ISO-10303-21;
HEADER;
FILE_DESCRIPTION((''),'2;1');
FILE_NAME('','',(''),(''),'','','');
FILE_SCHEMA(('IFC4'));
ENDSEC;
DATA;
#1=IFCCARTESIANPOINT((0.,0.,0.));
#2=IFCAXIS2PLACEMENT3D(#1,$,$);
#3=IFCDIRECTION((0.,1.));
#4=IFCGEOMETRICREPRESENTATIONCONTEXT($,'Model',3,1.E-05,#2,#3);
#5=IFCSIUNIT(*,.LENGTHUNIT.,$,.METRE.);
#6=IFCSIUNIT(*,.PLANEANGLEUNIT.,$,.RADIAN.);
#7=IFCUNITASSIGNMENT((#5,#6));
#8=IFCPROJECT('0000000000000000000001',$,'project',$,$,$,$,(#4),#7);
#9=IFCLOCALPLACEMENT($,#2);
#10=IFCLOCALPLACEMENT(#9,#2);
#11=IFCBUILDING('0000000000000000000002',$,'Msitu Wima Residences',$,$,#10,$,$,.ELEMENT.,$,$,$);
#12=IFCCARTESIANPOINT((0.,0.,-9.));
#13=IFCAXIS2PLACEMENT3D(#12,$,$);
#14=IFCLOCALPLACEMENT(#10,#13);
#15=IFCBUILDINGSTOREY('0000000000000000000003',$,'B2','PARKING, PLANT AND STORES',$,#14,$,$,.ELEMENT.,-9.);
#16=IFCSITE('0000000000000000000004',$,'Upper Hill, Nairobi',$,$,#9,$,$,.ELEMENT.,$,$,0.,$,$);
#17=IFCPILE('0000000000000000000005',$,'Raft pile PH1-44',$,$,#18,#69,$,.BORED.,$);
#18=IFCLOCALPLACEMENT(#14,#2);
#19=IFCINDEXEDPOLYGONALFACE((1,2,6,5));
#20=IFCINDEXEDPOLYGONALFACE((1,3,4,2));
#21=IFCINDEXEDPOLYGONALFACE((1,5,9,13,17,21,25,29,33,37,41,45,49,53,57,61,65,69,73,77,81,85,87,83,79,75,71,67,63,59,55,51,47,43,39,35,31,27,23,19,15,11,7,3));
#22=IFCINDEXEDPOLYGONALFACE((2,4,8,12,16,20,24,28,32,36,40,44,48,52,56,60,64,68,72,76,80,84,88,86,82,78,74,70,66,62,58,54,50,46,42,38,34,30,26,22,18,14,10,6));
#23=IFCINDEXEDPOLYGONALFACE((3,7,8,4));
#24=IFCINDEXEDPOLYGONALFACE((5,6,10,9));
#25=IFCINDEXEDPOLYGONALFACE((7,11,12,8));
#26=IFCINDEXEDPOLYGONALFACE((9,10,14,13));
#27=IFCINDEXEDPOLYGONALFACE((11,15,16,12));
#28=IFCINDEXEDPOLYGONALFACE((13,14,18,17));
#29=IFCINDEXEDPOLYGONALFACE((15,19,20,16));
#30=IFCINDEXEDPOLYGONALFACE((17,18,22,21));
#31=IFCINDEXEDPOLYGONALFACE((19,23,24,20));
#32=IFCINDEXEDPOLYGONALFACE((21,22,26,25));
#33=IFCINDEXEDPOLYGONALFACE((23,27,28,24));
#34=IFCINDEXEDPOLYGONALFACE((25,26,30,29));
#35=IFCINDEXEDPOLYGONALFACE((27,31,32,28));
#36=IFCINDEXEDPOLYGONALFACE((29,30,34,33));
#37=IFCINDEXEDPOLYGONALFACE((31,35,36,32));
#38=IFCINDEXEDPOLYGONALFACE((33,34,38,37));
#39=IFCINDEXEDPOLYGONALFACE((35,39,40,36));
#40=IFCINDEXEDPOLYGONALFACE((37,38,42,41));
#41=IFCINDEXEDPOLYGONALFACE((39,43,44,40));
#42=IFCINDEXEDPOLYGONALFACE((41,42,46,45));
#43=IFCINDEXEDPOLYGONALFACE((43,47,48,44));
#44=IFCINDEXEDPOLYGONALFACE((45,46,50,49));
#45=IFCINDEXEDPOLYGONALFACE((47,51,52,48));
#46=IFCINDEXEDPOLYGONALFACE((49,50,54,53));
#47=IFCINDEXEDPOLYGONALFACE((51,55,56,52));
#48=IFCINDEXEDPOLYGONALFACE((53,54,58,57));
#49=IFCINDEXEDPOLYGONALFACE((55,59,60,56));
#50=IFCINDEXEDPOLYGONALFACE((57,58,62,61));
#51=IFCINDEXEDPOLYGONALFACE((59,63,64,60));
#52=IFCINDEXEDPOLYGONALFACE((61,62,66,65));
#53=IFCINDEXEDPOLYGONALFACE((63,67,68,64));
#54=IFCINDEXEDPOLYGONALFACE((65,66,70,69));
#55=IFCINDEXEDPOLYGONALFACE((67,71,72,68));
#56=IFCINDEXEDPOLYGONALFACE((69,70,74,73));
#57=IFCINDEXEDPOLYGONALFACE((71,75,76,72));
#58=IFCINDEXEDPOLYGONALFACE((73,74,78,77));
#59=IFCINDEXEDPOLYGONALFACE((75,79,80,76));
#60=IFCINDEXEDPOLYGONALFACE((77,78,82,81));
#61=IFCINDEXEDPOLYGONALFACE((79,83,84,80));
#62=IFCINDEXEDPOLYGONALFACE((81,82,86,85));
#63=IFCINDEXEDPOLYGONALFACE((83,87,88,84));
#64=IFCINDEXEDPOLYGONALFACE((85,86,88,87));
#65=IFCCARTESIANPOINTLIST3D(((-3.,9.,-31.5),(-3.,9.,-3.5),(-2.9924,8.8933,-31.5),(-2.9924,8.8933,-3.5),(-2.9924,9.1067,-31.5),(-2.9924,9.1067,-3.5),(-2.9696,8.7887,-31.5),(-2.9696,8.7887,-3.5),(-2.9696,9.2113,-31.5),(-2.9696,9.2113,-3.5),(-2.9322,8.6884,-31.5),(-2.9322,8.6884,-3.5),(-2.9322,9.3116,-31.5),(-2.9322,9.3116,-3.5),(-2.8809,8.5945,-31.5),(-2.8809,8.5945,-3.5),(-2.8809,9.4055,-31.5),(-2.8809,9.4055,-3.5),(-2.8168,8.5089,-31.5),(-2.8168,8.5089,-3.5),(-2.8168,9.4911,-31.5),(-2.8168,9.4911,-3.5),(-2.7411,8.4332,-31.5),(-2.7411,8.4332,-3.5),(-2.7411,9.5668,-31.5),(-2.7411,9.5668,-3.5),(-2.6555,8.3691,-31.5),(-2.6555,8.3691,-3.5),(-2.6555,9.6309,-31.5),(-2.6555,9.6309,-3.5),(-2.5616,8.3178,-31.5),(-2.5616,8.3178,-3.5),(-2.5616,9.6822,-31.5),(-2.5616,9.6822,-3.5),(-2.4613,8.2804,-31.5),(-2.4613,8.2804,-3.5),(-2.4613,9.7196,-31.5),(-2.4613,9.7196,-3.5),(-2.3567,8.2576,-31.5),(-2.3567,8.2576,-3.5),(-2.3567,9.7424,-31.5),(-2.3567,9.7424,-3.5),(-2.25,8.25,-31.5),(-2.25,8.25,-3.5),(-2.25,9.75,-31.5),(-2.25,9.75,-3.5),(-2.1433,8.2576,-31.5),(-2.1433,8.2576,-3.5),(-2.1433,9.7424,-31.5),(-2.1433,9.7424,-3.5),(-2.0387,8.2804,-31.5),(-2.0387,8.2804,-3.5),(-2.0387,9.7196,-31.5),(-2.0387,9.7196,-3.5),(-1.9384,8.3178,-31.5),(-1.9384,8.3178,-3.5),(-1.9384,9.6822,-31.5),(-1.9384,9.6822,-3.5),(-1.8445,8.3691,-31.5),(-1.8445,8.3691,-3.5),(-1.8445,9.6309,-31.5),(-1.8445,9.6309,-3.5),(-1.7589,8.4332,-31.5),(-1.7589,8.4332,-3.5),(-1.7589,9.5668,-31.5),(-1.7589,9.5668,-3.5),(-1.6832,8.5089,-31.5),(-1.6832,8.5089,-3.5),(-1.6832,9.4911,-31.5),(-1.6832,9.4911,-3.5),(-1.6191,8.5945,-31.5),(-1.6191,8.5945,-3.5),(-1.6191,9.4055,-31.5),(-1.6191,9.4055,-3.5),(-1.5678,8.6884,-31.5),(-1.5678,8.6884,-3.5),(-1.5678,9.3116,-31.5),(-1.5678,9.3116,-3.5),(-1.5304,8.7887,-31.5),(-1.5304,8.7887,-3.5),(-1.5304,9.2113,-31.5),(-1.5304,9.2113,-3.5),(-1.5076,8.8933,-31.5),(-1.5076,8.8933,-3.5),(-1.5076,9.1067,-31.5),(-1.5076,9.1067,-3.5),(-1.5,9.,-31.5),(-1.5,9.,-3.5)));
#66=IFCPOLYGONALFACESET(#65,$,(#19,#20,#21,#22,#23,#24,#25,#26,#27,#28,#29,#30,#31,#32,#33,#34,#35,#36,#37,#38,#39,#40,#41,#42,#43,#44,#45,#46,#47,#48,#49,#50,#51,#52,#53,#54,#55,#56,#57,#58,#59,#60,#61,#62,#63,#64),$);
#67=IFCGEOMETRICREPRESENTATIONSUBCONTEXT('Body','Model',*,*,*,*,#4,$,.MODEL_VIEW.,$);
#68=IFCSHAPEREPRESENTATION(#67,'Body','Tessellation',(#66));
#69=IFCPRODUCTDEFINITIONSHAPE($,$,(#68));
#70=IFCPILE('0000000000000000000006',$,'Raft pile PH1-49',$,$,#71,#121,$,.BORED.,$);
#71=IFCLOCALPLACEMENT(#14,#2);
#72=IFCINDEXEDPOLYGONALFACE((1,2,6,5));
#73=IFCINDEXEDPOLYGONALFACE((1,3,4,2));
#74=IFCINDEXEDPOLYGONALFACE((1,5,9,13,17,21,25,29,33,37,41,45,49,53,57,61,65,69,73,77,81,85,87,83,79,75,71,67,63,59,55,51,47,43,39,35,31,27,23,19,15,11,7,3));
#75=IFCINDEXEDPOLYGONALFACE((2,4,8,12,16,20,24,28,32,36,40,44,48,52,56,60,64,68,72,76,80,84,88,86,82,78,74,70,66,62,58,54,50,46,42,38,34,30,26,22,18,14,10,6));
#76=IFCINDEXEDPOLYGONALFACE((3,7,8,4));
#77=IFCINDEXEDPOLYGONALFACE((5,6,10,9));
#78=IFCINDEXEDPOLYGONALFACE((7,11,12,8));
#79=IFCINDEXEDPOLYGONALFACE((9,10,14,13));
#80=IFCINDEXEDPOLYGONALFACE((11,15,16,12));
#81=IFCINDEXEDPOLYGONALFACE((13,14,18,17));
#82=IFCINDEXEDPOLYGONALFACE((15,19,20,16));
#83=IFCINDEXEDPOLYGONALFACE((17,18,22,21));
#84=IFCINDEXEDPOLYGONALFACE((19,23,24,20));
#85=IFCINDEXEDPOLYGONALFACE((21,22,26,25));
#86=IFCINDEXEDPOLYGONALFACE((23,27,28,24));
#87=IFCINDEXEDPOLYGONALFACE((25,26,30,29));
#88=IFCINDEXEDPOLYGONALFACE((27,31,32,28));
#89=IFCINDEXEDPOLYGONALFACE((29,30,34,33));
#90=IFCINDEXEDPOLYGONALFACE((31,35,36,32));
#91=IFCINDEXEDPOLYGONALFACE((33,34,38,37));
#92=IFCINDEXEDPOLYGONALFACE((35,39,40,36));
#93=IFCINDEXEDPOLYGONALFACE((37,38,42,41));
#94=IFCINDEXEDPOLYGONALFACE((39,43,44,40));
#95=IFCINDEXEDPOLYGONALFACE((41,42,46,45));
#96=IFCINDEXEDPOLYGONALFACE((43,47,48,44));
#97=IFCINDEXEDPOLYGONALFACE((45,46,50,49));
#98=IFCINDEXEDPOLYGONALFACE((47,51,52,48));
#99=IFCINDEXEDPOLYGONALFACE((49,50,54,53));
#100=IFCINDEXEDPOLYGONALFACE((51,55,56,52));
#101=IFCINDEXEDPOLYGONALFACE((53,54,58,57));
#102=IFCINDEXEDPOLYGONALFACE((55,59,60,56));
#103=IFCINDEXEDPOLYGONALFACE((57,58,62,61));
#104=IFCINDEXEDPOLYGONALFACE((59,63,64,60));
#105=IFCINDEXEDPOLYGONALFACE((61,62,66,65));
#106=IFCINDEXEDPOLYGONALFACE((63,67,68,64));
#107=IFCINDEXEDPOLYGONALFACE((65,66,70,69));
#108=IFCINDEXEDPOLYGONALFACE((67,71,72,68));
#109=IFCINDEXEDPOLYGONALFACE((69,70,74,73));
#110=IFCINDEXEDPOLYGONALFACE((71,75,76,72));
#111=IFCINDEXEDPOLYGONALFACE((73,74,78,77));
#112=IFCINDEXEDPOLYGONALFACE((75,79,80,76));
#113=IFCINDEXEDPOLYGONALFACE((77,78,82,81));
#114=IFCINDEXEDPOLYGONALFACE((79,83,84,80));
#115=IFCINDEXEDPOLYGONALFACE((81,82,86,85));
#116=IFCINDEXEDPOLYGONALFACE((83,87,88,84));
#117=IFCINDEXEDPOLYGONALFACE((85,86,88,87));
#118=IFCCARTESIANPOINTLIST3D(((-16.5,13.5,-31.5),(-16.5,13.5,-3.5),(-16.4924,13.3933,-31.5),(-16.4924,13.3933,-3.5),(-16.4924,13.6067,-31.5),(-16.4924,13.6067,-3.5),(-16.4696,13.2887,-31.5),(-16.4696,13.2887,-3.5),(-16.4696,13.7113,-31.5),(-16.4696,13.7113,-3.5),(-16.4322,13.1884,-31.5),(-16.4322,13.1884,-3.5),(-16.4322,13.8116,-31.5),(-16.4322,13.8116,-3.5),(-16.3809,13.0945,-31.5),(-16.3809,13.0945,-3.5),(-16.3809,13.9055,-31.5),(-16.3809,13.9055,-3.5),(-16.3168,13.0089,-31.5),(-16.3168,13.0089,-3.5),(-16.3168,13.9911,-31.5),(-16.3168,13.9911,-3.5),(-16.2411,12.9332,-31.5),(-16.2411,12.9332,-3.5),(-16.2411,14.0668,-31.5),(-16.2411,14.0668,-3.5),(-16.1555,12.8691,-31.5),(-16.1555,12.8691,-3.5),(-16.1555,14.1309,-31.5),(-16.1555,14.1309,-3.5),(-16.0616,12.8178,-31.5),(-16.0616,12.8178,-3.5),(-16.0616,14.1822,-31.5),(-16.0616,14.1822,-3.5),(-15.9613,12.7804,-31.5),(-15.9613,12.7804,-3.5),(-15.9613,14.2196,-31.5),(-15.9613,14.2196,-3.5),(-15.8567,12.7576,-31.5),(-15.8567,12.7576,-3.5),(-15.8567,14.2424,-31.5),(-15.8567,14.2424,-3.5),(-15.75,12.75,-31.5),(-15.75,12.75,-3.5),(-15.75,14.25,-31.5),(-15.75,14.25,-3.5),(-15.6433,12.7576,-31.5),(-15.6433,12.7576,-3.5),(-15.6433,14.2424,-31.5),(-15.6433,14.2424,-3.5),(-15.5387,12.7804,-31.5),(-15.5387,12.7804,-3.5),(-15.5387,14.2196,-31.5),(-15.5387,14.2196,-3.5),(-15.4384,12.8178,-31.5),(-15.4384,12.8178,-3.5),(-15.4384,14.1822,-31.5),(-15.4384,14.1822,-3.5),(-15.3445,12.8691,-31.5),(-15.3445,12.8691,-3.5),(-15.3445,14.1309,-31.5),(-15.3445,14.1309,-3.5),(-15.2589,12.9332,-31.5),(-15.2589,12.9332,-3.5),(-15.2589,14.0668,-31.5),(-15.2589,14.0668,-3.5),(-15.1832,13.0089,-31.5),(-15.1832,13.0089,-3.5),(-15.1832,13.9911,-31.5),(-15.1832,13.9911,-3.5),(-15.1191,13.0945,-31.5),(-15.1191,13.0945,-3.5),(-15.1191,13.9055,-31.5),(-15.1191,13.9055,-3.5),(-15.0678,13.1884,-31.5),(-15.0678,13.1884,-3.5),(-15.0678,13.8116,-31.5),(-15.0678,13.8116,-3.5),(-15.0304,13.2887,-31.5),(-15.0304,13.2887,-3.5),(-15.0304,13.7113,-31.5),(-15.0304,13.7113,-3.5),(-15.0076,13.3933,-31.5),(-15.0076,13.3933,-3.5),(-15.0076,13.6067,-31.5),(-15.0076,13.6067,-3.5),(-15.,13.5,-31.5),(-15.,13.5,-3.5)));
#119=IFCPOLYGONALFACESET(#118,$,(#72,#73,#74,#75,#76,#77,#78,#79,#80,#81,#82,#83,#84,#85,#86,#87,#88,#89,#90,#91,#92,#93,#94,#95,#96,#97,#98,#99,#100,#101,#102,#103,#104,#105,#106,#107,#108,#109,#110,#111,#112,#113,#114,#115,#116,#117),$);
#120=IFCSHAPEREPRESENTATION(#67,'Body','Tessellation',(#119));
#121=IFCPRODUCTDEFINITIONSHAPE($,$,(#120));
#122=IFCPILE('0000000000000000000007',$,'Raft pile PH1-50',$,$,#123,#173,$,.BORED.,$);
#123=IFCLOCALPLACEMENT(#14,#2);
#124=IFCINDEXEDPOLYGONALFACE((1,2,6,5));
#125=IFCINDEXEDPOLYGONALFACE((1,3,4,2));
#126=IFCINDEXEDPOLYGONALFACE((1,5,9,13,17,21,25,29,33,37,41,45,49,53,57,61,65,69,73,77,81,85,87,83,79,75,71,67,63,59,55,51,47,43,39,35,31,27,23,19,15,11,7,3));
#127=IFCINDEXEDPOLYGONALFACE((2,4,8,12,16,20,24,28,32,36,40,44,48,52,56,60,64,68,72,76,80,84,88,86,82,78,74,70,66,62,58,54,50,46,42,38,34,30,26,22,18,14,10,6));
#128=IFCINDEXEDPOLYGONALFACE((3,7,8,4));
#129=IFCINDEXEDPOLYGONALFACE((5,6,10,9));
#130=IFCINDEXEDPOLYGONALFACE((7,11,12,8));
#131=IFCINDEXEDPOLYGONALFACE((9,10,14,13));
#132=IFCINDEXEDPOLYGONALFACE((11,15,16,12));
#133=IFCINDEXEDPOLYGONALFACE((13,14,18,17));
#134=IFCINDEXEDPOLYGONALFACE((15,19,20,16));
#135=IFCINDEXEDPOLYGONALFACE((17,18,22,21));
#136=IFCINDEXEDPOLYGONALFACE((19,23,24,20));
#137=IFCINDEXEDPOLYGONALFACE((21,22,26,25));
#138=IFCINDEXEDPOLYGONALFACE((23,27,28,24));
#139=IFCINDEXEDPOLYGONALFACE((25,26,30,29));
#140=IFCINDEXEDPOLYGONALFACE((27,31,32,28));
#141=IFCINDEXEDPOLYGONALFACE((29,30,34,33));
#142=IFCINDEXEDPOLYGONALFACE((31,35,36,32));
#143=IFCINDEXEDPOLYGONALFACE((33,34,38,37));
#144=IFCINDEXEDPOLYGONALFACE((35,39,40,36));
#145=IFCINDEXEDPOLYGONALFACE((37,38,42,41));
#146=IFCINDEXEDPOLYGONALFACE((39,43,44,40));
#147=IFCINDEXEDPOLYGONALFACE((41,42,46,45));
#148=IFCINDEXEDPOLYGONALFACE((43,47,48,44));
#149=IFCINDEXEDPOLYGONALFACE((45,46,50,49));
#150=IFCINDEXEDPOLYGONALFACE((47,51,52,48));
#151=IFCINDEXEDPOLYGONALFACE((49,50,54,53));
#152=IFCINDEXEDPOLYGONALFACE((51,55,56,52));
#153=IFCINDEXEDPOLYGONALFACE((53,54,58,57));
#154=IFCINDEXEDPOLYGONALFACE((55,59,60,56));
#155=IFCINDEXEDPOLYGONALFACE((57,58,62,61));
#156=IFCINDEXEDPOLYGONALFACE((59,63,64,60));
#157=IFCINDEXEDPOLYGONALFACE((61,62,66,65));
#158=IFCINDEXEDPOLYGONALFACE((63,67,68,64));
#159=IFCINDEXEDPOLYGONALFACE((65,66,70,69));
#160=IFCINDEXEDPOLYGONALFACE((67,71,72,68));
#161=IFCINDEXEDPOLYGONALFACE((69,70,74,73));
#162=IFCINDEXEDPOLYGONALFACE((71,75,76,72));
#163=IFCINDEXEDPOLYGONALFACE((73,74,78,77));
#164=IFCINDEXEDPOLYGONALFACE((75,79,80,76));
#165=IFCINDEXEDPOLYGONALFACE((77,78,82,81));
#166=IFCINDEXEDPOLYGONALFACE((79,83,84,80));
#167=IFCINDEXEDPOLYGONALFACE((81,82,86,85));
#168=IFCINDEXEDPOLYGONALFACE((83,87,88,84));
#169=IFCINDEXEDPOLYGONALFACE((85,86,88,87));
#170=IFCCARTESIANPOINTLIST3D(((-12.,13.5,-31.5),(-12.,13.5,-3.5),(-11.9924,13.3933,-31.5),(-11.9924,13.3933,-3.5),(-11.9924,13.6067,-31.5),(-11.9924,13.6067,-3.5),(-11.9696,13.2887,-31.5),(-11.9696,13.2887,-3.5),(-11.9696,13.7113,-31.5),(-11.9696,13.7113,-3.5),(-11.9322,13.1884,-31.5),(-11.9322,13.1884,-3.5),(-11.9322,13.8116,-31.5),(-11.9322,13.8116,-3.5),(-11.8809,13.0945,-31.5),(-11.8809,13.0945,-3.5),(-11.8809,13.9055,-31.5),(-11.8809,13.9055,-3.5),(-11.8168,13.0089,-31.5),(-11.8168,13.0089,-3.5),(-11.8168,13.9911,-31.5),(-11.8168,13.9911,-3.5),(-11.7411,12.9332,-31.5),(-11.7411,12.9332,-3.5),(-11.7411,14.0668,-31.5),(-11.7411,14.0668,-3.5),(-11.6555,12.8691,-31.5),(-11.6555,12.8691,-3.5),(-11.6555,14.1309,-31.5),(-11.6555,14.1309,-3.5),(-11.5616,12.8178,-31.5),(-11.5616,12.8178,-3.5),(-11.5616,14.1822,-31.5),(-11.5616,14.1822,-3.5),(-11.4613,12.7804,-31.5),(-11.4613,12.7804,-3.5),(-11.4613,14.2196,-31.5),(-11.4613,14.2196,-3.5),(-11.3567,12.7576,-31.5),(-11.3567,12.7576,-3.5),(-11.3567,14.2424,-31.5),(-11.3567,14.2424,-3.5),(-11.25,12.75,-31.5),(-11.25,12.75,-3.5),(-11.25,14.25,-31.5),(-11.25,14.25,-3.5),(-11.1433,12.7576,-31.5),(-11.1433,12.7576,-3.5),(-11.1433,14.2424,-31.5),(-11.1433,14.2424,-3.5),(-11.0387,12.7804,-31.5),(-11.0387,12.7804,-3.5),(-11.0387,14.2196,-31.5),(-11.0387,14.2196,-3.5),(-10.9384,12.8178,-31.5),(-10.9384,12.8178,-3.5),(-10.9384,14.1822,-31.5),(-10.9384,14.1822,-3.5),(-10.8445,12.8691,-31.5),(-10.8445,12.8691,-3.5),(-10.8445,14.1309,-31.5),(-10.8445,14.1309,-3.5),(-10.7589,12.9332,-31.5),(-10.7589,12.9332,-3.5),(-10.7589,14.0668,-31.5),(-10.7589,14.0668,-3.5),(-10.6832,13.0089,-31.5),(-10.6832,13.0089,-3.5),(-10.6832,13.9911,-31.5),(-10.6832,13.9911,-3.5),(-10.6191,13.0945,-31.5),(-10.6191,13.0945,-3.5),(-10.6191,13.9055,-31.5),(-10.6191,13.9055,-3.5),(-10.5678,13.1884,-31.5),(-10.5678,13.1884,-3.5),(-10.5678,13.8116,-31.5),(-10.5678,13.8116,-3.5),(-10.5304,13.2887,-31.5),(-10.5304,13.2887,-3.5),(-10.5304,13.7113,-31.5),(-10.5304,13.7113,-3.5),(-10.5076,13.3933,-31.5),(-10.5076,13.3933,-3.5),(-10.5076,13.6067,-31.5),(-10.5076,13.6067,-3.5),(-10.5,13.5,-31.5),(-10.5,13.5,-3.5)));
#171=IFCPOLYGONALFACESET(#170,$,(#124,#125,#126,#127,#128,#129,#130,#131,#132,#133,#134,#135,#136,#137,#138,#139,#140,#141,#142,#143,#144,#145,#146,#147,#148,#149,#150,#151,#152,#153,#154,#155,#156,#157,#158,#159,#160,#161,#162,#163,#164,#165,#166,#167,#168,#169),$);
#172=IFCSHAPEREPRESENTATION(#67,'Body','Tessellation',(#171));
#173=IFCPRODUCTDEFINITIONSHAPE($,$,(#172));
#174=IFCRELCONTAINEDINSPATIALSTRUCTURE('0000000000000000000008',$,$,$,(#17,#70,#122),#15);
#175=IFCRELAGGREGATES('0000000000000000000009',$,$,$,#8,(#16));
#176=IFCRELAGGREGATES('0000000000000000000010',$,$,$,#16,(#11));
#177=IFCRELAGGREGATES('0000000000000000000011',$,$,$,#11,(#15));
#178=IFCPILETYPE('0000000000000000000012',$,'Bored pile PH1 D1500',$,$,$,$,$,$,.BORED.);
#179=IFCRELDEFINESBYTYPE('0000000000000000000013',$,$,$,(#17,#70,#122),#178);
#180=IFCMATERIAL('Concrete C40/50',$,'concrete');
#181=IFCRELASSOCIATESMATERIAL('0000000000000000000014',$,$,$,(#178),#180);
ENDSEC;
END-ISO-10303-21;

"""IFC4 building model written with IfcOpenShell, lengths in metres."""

from ifc_helpers import new_model, si_unit, direction, frame, origin, origin_2d, place, context, subcontext, project, spatial, circle, extrude, material, type_object, element, save


model = new_model("IFC4")

# Units and contexts
model_context = context("Model", 3, precision=1e-05, world=origin(), true_north=direction((0.0, 1.0)))
body_context = subcontext(model_context, "Body", "Model", "MODEL_VIEW")
ifc_project = project(units=[si_unit("LENGTHUNIT", "METRE"), si_unit("PLANEANGLEUNIT", "RADIAN")], contexts=[model_context])

# Site, building, storey
site_placement = place(None, origin())
site = spatial("IfcSite", under=ifc_project, at=site_placement, Name="Upper Hill, Nairobi", CompositionType="ELEMENT", RefElevation=0.0)
building_placement = place(site_placement, origin())
building = spatial("IfcBuilding", under=site, at=building_placement, Name="Msitu Wima Residences", CompositionType="ELEMENT")
storey_placement = place(building_placement, frame((0.0, 0.0, -9.0)))
storey = spatial("IfcBuildingStorey", under=building, at=storey_placement, Name="B2", Description="PARKING, PLANT AND STORES", CompositionType="ELEMENT", Elevation=-9.0)

# Piles
ifc_material_1 = material(Name="Concrete C40/50", Category="concrete")
pile_type = type_object("IfcPileType", Name="Bored pile PH1 D1500", PredefinedType="BORED", material=ifc_material_1)
for number, where, z_axis, x_axis, name in (
    (1, (-2.25, 9.0, -3.5), (0.0, 0.0, -1.0), (1.0, 0.0, 0.0), "Raft pile PH1-44"),
    (2, (-15.75, 13.5, -3.5), (0.0, 0.0, -1.0), (1.0, 0.0, 0.0), "Raft pile PH1-49"),
    (3, (-11.25, 13.5, -3.5), (0.0, 0.0, -1.0), (1.0, 0.0, 0.0), "Raft pile PH1-50"),
):
    element("IfcPile", number, at=place(storey_placement, frame(where, z_axis=z_axis, x_axis=x_axis)), inside=storey, type_object=pile_type, Name=name, PredefinedType="BORED", context=body_context, shape_type="SweptSolid", body=[
        extrude(circle(Radius=0.75, at=origin_2d()), origin(), (0.0, 0.0, 1.0), 28.0),
    ])

save(model, "model.ifc")
